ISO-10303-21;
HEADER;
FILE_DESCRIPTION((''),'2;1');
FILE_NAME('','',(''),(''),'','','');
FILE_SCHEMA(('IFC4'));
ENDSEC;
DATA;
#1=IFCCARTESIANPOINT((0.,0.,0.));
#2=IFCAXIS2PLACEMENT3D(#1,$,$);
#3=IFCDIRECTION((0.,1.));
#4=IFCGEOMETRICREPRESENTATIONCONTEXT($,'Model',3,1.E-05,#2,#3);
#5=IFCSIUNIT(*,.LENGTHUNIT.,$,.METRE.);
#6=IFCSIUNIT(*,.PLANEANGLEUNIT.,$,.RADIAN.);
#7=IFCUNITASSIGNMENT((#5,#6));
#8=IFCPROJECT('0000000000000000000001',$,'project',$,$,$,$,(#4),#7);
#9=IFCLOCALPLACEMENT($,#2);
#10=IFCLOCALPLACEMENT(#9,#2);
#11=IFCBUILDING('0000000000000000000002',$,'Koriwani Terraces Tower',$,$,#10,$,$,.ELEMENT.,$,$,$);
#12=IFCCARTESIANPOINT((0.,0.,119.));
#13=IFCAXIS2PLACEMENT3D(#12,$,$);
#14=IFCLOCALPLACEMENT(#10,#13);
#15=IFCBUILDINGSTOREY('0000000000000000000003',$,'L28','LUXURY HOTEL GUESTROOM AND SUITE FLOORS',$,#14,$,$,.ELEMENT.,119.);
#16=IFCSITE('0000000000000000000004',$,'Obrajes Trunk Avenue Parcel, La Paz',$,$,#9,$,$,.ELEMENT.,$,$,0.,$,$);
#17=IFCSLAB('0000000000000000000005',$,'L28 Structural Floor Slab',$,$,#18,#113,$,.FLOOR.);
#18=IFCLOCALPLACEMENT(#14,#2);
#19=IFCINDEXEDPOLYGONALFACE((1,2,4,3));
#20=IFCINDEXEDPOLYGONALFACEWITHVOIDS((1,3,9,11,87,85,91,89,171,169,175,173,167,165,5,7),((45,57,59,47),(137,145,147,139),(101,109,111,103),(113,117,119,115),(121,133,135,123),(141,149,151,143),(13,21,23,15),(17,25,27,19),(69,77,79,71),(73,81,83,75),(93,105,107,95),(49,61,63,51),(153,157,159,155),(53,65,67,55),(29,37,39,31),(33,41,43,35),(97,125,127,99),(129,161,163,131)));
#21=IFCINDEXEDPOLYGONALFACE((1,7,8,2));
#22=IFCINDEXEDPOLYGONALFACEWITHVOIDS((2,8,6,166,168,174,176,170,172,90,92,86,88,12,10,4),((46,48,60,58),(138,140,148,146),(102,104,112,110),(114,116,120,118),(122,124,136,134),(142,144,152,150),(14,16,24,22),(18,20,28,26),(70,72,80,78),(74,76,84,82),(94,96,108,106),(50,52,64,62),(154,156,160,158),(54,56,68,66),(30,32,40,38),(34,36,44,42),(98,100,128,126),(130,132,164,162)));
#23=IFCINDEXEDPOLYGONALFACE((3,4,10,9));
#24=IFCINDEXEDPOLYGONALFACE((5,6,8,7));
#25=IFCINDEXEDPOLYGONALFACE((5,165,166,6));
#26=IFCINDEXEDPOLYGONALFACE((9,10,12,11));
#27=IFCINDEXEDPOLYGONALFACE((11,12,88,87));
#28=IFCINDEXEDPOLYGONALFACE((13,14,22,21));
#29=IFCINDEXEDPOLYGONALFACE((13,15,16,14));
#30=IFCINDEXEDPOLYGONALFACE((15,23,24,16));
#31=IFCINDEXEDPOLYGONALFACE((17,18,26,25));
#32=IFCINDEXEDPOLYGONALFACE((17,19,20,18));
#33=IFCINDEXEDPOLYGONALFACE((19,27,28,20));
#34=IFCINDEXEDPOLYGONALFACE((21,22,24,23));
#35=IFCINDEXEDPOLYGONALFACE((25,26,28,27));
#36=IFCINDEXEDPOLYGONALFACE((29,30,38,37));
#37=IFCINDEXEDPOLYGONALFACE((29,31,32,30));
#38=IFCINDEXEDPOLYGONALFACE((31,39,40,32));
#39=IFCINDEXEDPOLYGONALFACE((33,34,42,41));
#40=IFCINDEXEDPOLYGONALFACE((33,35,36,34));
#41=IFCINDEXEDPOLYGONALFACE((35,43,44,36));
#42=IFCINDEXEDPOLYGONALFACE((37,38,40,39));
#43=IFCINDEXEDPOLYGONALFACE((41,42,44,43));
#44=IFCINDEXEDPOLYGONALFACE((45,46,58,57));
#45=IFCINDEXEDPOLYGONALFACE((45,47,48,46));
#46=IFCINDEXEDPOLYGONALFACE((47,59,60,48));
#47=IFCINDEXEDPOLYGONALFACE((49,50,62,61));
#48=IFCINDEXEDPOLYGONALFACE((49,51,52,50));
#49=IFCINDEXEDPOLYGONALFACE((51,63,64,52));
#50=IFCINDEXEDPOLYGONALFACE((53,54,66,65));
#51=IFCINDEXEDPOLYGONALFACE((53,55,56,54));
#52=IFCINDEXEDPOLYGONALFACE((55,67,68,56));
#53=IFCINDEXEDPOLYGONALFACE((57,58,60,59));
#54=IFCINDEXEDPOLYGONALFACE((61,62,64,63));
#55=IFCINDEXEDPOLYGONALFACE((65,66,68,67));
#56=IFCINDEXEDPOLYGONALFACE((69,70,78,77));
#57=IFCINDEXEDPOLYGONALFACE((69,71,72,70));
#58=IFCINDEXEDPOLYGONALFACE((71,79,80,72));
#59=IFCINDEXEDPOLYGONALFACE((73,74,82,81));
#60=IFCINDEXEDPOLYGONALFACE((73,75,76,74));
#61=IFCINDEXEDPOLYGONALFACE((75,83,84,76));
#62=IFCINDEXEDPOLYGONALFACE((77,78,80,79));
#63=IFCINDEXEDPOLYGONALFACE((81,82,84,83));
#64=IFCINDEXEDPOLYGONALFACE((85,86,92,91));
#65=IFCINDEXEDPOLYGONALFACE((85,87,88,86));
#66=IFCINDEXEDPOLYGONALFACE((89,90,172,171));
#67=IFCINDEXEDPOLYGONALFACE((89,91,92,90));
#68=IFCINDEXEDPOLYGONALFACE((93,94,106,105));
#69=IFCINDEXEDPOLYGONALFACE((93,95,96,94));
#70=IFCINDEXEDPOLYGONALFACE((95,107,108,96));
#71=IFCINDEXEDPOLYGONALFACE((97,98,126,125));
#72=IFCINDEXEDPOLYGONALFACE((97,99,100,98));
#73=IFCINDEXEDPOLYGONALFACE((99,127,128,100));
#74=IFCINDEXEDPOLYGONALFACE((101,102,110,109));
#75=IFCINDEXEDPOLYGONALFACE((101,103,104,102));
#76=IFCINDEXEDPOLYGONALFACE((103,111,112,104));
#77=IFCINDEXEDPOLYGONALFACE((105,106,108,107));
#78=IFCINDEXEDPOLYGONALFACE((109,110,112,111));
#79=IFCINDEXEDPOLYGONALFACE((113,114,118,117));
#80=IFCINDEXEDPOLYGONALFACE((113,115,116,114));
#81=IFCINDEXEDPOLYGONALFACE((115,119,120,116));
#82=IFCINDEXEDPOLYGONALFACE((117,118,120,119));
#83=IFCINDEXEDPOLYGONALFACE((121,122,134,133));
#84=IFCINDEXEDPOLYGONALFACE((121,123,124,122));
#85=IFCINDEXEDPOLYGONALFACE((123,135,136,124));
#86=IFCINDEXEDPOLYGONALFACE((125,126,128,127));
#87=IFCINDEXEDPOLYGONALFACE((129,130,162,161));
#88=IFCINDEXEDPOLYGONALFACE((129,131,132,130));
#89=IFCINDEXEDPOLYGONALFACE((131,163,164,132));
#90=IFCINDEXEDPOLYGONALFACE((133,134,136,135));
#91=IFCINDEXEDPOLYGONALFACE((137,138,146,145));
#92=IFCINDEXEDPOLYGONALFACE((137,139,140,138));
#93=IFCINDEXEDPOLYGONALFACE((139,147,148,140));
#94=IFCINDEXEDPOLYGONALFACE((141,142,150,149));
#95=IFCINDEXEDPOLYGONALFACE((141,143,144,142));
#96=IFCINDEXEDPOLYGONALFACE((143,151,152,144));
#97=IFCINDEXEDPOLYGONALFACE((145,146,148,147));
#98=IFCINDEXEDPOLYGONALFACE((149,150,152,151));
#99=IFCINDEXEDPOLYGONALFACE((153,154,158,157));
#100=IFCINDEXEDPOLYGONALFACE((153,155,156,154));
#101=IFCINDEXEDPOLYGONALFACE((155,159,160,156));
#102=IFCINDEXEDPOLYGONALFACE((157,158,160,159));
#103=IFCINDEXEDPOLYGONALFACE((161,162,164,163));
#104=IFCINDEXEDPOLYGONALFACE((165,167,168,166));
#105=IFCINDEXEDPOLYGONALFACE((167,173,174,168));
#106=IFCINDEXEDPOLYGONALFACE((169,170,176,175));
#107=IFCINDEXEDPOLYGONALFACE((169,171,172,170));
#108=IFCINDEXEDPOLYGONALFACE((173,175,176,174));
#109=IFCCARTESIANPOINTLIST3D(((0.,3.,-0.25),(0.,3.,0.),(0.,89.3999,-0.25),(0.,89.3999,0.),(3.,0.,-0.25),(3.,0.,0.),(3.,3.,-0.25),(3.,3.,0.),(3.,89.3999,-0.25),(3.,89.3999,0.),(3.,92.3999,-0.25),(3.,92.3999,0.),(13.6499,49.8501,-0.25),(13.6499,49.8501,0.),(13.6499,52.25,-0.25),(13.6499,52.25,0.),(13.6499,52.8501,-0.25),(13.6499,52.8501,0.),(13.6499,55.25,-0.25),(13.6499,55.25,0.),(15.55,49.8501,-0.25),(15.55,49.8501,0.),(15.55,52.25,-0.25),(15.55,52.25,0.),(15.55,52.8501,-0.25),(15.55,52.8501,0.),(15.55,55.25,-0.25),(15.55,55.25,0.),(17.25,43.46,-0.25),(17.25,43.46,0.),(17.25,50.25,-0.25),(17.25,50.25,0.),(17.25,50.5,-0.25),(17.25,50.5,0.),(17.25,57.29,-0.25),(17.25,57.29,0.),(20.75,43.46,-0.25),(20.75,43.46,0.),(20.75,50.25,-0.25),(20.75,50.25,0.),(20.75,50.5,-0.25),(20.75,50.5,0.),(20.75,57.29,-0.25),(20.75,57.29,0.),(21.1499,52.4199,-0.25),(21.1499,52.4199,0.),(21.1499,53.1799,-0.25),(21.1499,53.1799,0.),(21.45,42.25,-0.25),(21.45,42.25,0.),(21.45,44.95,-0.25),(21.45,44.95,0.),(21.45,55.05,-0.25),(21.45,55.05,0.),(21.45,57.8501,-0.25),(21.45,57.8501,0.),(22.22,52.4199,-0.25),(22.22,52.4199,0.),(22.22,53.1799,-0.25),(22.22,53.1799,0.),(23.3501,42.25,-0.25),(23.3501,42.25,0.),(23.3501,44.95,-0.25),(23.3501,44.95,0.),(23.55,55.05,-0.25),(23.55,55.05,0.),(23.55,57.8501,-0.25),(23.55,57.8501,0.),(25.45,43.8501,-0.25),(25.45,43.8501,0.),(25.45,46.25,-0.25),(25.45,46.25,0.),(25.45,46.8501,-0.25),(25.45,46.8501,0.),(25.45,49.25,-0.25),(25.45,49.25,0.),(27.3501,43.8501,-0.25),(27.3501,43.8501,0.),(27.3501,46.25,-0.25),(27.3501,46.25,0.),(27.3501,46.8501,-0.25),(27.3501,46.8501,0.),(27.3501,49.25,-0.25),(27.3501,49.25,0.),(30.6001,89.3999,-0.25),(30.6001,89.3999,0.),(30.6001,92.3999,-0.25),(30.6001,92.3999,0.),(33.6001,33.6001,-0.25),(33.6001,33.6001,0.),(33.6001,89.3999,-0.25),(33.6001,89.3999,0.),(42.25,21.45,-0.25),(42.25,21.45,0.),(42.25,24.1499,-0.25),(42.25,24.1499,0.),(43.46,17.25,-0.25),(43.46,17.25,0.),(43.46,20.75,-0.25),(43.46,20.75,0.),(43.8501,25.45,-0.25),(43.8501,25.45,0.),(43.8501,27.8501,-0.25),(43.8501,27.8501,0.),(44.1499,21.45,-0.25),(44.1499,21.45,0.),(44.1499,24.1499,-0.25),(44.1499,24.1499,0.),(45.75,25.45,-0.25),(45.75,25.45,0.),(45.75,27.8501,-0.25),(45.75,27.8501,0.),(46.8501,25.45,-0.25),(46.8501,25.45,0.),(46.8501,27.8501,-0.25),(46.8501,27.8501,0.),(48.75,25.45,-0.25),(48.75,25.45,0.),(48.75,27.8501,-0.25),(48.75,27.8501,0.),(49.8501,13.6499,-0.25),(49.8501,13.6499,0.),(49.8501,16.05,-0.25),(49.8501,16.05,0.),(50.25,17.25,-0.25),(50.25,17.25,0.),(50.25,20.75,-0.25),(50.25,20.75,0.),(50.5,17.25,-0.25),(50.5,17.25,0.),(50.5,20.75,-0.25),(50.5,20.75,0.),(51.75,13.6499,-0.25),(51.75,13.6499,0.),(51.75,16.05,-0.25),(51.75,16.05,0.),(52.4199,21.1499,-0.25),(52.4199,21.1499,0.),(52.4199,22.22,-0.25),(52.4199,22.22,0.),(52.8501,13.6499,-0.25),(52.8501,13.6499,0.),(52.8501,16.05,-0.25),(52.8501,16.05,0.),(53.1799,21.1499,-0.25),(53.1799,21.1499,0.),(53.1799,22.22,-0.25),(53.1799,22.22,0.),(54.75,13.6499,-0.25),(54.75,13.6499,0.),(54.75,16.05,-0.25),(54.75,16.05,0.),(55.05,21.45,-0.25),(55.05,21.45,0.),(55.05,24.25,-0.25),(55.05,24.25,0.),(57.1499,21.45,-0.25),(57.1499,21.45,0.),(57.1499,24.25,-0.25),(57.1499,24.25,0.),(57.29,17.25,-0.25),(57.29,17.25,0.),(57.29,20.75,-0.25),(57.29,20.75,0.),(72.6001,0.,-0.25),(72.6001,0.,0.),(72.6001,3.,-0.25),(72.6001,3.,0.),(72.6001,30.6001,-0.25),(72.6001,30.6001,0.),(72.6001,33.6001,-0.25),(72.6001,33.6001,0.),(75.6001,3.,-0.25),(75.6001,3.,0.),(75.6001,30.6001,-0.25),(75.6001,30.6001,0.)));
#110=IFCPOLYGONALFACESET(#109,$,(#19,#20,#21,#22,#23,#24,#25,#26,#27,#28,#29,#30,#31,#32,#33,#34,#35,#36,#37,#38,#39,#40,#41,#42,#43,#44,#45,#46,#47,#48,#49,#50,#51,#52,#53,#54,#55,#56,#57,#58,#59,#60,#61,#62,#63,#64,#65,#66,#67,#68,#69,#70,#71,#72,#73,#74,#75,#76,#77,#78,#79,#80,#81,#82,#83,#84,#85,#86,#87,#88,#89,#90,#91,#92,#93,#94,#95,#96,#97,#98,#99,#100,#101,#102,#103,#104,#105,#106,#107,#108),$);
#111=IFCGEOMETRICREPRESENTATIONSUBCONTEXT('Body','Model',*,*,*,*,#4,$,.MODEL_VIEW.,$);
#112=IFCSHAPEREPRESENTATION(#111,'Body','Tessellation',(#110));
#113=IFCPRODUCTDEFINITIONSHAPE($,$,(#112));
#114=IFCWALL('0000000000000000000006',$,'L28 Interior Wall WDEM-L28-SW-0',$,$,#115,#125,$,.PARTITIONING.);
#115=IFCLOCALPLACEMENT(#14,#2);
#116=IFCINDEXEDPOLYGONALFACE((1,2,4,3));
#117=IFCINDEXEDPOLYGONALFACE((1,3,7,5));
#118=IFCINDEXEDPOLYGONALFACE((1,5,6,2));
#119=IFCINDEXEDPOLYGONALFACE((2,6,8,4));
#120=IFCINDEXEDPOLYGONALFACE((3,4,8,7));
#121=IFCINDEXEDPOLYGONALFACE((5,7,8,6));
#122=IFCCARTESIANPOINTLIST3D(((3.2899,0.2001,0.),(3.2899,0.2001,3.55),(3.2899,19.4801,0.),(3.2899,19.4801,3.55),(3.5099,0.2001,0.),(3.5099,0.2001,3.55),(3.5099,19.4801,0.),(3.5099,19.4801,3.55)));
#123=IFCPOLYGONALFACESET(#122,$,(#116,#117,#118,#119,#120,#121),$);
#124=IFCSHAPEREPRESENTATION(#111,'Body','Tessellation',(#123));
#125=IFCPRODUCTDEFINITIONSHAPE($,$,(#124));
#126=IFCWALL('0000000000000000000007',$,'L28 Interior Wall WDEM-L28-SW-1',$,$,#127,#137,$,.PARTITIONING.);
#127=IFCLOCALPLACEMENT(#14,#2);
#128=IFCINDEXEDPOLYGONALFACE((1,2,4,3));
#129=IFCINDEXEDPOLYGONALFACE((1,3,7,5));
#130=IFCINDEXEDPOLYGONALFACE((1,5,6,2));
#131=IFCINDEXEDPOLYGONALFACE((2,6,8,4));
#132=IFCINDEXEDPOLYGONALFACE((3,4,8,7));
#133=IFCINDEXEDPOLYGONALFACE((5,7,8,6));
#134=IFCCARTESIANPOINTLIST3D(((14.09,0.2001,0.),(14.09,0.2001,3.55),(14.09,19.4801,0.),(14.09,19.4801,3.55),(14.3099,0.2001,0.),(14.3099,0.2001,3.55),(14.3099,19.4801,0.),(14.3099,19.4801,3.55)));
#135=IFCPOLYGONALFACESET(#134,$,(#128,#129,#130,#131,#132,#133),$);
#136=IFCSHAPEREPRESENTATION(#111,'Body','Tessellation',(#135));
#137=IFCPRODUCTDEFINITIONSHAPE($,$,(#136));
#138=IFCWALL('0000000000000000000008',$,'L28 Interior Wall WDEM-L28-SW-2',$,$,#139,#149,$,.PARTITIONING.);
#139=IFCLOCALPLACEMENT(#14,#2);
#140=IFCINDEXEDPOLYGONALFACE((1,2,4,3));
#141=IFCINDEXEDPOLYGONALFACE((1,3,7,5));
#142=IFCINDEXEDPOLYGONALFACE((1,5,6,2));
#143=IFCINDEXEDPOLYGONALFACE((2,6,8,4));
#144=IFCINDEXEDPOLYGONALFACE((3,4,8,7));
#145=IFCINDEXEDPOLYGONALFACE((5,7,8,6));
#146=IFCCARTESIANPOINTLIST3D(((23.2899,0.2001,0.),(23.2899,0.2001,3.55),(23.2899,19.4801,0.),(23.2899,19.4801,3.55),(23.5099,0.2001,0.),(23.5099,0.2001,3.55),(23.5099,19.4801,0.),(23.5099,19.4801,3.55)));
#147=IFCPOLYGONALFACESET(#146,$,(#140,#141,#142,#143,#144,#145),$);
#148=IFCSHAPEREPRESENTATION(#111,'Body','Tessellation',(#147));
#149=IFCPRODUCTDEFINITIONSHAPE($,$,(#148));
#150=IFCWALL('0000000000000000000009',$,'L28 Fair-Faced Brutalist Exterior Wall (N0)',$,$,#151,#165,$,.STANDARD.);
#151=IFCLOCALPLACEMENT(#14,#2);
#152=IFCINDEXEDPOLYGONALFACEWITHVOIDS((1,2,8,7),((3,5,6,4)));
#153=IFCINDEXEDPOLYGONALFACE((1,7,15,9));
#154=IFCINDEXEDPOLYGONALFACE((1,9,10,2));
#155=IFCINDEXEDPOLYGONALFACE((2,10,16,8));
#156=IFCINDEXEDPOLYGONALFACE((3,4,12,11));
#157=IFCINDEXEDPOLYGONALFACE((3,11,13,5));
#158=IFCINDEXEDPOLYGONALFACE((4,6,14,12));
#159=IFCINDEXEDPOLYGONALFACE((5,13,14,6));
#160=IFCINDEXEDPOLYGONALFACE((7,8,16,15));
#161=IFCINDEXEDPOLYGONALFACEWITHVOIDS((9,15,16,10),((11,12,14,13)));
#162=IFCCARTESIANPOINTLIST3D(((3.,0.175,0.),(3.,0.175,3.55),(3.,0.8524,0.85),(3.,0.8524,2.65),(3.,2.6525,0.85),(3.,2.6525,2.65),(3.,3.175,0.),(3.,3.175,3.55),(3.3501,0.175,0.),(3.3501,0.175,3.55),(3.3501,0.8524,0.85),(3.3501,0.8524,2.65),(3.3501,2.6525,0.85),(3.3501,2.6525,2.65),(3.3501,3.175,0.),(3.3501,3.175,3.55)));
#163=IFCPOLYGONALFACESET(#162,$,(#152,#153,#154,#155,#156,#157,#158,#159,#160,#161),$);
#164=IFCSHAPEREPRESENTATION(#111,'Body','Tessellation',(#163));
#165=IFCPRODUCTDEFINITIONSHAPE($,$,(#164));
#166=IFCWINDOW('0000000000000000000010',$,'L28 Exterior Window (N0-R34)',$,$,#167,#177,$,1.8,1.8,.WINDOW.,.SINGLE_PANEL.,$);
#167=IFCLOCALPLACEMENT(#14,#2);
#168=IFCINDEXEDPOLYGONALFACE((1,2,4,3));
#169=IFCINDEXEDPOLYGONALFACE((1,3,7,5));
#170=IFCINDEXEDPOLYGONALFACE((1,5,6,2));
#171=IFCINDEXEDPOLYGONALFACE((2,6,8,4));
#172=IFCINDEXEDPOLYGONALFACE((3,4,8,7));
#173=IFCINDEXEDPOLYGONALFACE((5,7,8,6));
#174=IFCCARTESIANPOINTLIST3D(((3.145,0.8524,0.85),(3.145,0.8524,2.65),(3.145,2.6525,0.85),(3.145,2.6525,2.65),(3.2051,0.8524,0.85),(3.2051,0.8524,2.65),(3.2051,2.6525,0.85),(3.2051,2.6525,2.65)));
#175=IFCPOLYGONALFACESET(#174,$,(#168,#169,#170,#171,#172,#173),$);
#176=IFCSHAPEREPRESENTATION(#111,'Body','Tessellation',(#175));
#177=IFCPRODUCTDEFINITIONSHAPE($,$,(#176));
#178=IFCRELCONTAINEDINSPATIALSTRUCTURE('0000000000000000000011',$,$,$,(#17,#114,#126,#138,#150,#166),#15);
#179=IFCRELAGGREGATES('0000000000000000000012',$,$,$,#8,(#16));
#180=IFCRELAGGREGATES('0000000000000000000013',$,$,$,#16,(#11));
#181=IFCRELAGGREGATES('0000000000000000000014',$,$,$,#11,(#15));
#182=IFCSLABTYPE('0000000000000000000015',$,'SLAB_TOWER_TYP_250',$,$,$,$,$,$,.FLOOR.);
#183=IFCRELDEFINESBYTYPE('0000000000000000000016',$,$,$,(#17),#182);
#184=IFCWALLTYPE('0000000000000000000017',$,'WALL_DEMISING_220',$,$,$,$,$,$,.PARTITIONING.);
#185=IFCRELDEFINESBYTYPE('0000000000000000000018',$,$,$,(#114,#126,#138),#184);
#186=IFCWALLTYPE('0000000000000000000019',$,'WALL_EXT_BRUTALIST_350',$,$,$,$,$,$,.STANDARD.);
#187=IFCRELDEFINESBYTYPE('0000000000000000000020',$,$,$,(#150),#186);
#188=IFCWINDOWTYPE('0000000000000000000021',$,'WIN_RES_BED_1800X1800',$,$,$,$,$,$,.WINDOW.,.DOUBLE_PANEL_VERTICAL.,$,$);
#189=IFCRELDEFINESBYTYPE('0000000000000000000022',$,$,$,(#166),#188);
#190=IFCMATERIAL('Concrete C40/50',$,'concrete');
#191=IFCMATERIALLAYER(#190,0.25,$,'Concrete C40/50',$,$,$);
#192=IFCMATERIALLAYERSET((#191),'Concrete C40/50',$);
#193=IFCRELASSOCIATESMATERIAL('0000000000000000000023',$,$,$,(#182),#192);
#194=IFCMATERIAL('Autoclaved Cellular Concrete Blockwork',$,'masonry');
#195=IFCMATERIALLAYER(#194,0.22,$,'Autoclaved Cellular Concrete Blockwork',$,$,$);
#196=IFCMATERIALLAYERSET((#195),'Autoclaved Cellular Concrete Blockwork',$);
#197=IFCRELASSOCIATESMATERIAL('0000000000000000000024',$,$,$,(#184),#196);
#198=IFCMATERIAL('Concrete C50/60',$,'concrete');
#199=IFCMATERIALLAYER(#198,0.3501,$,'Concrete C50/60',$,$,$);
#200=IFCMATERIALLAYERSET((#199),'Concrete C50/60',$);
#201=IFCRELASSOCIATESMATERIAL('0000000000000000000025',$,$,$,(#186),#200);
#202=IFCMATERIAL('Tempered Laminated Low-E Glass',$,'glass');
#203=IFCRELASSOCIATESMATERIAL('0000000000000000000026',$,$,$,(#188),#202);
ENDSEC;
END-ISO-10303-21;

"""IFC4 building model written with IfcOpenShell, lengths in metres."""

from ifc_helpers import new_model, si_unit, direction, frame, frame_2d, origin, place, context, subcontext, project, spatial, polyline, rectangle, outline, extrude, material, layer, layer_set, type_object, element, fill, save


model = new_model("IFC4")

# Units and contexts
model_context = context("Model", 3, precision=1e-05, world=origin(), true_north=direction((0.0, 1.0)))
body_context = subcontext(model_context, "Body", "Model", "MODEL_VIEW")
ifc_project = project(units=[si_unit("LENGTHUNIT", "METRE"), si_unit("PLANEANGLEUNIT", "RADIAN")], contexts=[model_context])

# Site, building, storey
site_placement = place(None, origin())
site = spatial("IfcSite", under=ifc_project, at=site_placement, Name="Obrajes Trunk Avenue Parcel, La Paz", CompositionType="ELEMENT", RefElevation=0.0)
building_placement = place(site_placement, origin())
building = spatial("IfcBuilding", under=site, at=building_placement, Name="Koriwani Terraces Tower", CompositionType="ELEMENT")
storey_placement = place(building_placement, frame((0.0, 0.0, 119.0)))
storey = spatial("IfcBuildingStorey", under=building, at=storey_placement, Name="L28", Description="LUXURY HOTEL GUESTROOM AND SUITE FLOORS", CompositionType="ELEMENT", Elevation=119.0)

# Shared definitions
ifc_material_1 = material(Name="Concrete C40/50", Category="concrete")
ifc_material_2 = material(Name="Concrete C50/60", Category="concrete")

# Slab
ifc_layer_1 = layer(ifc_material_1, 0.25, Name="Concrete C40/50")
ifc_layer_set_1 = layer_set([ifc_layer_1], Name="Concrete C40/50")
slab_type_1 = type_object("IfcSlabType", Name="SLAB_TOWER_TYP_250", PredefinedType="FLOOR", material=ifc_layer_set_1)
slab_1_placement = place(storey_placement, frame((0.0, 0.0, -0.25)))
element("IfcSlab", 1, at=slab_1_placement, inside=storey, type_object=slab_type_1, Name="L28 Structural Floor Slab", PredefinedType="FLOOR", context=body_context, shape_type="SweptSolid", body=[
    extrude(outline(polyline([(3.0, 0.0), (72.6001, 0.0), (72.6001, 3.0), (75.6001, 3.0), (75.6001, 30.6001), (72.6001, 30.6001), (72.6001, 33.6001), (33.6001, 33.6001), (33.6001, 89.3999), (30.6001, 89.3999), (30.6001, 92.3999), (3.0, 92.3999), (3.0, 89.3999), (0.0, 89.3999), (0.0, 3.0), (3.0, 3.0), (3.0, 0.0)]), holes=[polyline([(17.25, 43.46), (20.75, 43.46), (20.75, 50.25), (17.25, 50.25), (17.25, 43.46)]), polyline([(17.25, 50.5), (20.75, 50.5), (20.75, 57.29), (17.25, 57.29), (17.25, 50.5)]), polyline([(43.46, 17.25), (50.25, 17.25), (50.25, 20.75), (43.46, 20.75), (43.46, 17.25)]), polyline([(50.5, 17.25), (57.29, 17.25), (57.29, 20.75), (50.5, 20.75), (50.5, 17.25)]), polyline([(13.6499, 49.8501), (15.55, 49.8501), (15.55, 52.25), (13.6499, 52.25), (13.6499, 49.8501)]), polyline([(13.6499, 52.8501), (15.55, 52.8501), (15.55, 55.25), (13.6499, 55.25), (13.6499, 52.8501)]), polyline([(49.8501, 13.6499), (51.75, 13.6499), (51.75, 16.05), (49.8501, 16.05), (49.8501, 13.6499)]), polyline([(52.8501, 13.6499), (54.75, 13.6499), (54.75, 16.05), (52.8501, 16.05), (52.8501, 13.6499)]), polyline([(25.45, 43.8501), (27.3501, 43.8501), (27.3501, 46.25), (25.45, 46.25), (25.45, 43.8501)]), polyline([(25.45, 46.8501), (27.3501, 46.8501), (27.3501, 49.25), (25.45, 49.25), (25.45, 46.8501)]), polyline([(43.8501, 25.45), (45.75, 25.45), (45.75, 27.8501), (43.8501, 27.8501), (43.8501, 25.45)]), polyline([(46.8501, 25.45), (48.75, 25.45), (48.75, 27.8501), (46.8501, 27.8501), (46.8501, 25.45)]), polyline([(21.45, 55.05), (23.55, 55.05), (23.55, 57.8501), (21.45, 57.8501), (21.45, 55.05)]), polyline([(55.05, 21.45), (57.1499, 21.45), (57.1499, 24.25), (55.05, 24.25), (55.05, 21.45)]), polyline([(21.45, 42.25), (23.3501, 42.25), (23.3501, 44.95), (21.45, 44.95), (21.45, 42.25)]), polyline([(42.25, 21.45), (44.1499, 21.45), (44.1499, 24.1499), (42.25, 24.1499), (42.25, 21.45)]), polyline([(21.1499, 52.4199), (22.22, 52.4199), (22.22, 53.1799), (21.1499, 53.1799), (21.1499, 52.4199)]), polyline([(52.4199, 21.1499), (53.1799, 21.1499), (53.1799, 22.22), (52.4199, 22.22), (52.4199, 21.1499)])]), origin(), (0.0, 0.0, 1.0), 0.25),
])

# Walls
ifc_material_3 = material(Name="Autoclaved Cellular Concrete Blockwork", Category="masonry")
ifc_layer_2 = layer(ifc_material_3, 0.22, Name="Autoclaved Cellular Concrete Blockwork")
ifc_layer_set_2 = layer_set([ifc_layer_2], Name="Autoclaved Cellular Concrete Blockwork")
wall_type_1 = type_object("IfcWallType", Name="WALL_DEMISING_220", PredefinedType="PARTITIONING", material=ifc_layer_set_2)
for number, where, z_axis, x_axis, name in (
    (2, (3.3999, 0.2, 0.0), (0.0, 0.0, 1.0), (0.0, 1.0, 0.0), "L28 Interior Wall WDEM-L28-SW-0"),
    (3, (14.2, 0.2, 0.0), (0.0, 0.0, 1.0), (0.0, 1.0, 0.0), "L28 Interior Wall WDEM-L28-SW-1"),
    (4, (23.3999, 0.2, 0.0), (0.0, 0.0, 1.0), (0.0, 1.0, 0.0), "L28 Interior Wall WDEM-L28-SW-2"),
):
    element("IfcWall", number, at=place(storey_placement, frame(where, z_axis=z_axis, x_axis=x_axis)), inside=storey, type_object=wall_type_1, Name=name, PredefinedType="PARTITIONING", context=body_context, shape_type="SweptSolid", body=[
        extrude(rectangle(XDim=19.28, YDim=0.22, at=frame_2d((9.6401, 0.0))), origin(), (0.0, 0.0, 1.0), 3.55),
    ])

# Wall, opening, window
ifc_layer_3 = layer(ifc_material_2, 0.3501, Name="Concrete C50/60")
ifc_layer_set_3 = layer_set([ifc_layer_3], Name="Concrete C50/60")
wall_type_2 = type_object("IfcWallType", Name="WALL_EXT_BRUTALIST_350", PredefinedType="STANDARD", material=ifc_layer_set_3)
wall_1_placement = place(storey_placement, frame((3.175, 0.175, 0.0), z_axis=(0.0, 0.0, 1.0), x_axis=(0.0, 1.0, 0.0)))
wall_1 = element("IfcWall", 5, at=wall_1_placement, inside=storey, type_object=wall_type_2, Name="L28 Fair-Faced Brutalist Exterior Wall (N0)", PredefinedType="STANDARD", context=body_context, shape_type="SweptSolid", body=[
    extrude(rectangle(XDim=3.0, YDim=0.3501, at=frame_2d((1.5, 0.0))), origin(), (0.0, 0.0, 1.0), 3.55),
])
opening_1_placement = place(wall_1_placement, frame((0.6775, 0.0, 0.8501)))
opening_1 = element("IfcOpeningElement", 6, at=opening_1_placement, cuts=wall_1, PredefinedType="OPENING", context=body_context, shape_type="SweptSolid", body=[
    extrude(rectangle(XDim=1.8, YDim=1.8, at=frame_2d((0.8999, 0.8999))), frame((0.0, 0.1851, 0.0), z_axis=(0.0, -1.0, 0.0), x_axis=(1.0, 0.0, 0.0)), (0.0, 0.0, 1.0), 0.3701),
])
ifc_material_4 = material(Name="Tempered Laminated Low-E Glass", Category="glass")
window_type_1 = type_object("IfcWindowType", Name="WIN_RES_BED_1800X1800", PartitioningType="DOUBLE_PANEL_VERTICAL", PredefinedType="WINDOW", material=ifc_material_4)
window_1_placement = place(opening_1_placement, origin())
window_1 = element("IfcWindow", 7, at=window_1_placement, inside=storey, type_object=window_type_1, Name="L28 Exterior Window (N0-R34)", OverallHeight=1.8, OverallWidth=1.8, PartitioningType="SINGLE_PANEL", PredefinedType="WINDOW", context=body_context, shape_type="SweptSolid", body=[
    extrude(rectangle(XDim=1.8, YDim=1.8, at=frame_2d((0.8999, 0.8999))), frame((0.0, 0.03, 0.0), z_axis=(0.0, -1.0, 0.0), x_axis=(1.0, 0.0, 0.0)), (0.0, 0.0, 1.0), 0.0601),
])
fill(opening_1, window_1)

save(model, "model.ifc")
